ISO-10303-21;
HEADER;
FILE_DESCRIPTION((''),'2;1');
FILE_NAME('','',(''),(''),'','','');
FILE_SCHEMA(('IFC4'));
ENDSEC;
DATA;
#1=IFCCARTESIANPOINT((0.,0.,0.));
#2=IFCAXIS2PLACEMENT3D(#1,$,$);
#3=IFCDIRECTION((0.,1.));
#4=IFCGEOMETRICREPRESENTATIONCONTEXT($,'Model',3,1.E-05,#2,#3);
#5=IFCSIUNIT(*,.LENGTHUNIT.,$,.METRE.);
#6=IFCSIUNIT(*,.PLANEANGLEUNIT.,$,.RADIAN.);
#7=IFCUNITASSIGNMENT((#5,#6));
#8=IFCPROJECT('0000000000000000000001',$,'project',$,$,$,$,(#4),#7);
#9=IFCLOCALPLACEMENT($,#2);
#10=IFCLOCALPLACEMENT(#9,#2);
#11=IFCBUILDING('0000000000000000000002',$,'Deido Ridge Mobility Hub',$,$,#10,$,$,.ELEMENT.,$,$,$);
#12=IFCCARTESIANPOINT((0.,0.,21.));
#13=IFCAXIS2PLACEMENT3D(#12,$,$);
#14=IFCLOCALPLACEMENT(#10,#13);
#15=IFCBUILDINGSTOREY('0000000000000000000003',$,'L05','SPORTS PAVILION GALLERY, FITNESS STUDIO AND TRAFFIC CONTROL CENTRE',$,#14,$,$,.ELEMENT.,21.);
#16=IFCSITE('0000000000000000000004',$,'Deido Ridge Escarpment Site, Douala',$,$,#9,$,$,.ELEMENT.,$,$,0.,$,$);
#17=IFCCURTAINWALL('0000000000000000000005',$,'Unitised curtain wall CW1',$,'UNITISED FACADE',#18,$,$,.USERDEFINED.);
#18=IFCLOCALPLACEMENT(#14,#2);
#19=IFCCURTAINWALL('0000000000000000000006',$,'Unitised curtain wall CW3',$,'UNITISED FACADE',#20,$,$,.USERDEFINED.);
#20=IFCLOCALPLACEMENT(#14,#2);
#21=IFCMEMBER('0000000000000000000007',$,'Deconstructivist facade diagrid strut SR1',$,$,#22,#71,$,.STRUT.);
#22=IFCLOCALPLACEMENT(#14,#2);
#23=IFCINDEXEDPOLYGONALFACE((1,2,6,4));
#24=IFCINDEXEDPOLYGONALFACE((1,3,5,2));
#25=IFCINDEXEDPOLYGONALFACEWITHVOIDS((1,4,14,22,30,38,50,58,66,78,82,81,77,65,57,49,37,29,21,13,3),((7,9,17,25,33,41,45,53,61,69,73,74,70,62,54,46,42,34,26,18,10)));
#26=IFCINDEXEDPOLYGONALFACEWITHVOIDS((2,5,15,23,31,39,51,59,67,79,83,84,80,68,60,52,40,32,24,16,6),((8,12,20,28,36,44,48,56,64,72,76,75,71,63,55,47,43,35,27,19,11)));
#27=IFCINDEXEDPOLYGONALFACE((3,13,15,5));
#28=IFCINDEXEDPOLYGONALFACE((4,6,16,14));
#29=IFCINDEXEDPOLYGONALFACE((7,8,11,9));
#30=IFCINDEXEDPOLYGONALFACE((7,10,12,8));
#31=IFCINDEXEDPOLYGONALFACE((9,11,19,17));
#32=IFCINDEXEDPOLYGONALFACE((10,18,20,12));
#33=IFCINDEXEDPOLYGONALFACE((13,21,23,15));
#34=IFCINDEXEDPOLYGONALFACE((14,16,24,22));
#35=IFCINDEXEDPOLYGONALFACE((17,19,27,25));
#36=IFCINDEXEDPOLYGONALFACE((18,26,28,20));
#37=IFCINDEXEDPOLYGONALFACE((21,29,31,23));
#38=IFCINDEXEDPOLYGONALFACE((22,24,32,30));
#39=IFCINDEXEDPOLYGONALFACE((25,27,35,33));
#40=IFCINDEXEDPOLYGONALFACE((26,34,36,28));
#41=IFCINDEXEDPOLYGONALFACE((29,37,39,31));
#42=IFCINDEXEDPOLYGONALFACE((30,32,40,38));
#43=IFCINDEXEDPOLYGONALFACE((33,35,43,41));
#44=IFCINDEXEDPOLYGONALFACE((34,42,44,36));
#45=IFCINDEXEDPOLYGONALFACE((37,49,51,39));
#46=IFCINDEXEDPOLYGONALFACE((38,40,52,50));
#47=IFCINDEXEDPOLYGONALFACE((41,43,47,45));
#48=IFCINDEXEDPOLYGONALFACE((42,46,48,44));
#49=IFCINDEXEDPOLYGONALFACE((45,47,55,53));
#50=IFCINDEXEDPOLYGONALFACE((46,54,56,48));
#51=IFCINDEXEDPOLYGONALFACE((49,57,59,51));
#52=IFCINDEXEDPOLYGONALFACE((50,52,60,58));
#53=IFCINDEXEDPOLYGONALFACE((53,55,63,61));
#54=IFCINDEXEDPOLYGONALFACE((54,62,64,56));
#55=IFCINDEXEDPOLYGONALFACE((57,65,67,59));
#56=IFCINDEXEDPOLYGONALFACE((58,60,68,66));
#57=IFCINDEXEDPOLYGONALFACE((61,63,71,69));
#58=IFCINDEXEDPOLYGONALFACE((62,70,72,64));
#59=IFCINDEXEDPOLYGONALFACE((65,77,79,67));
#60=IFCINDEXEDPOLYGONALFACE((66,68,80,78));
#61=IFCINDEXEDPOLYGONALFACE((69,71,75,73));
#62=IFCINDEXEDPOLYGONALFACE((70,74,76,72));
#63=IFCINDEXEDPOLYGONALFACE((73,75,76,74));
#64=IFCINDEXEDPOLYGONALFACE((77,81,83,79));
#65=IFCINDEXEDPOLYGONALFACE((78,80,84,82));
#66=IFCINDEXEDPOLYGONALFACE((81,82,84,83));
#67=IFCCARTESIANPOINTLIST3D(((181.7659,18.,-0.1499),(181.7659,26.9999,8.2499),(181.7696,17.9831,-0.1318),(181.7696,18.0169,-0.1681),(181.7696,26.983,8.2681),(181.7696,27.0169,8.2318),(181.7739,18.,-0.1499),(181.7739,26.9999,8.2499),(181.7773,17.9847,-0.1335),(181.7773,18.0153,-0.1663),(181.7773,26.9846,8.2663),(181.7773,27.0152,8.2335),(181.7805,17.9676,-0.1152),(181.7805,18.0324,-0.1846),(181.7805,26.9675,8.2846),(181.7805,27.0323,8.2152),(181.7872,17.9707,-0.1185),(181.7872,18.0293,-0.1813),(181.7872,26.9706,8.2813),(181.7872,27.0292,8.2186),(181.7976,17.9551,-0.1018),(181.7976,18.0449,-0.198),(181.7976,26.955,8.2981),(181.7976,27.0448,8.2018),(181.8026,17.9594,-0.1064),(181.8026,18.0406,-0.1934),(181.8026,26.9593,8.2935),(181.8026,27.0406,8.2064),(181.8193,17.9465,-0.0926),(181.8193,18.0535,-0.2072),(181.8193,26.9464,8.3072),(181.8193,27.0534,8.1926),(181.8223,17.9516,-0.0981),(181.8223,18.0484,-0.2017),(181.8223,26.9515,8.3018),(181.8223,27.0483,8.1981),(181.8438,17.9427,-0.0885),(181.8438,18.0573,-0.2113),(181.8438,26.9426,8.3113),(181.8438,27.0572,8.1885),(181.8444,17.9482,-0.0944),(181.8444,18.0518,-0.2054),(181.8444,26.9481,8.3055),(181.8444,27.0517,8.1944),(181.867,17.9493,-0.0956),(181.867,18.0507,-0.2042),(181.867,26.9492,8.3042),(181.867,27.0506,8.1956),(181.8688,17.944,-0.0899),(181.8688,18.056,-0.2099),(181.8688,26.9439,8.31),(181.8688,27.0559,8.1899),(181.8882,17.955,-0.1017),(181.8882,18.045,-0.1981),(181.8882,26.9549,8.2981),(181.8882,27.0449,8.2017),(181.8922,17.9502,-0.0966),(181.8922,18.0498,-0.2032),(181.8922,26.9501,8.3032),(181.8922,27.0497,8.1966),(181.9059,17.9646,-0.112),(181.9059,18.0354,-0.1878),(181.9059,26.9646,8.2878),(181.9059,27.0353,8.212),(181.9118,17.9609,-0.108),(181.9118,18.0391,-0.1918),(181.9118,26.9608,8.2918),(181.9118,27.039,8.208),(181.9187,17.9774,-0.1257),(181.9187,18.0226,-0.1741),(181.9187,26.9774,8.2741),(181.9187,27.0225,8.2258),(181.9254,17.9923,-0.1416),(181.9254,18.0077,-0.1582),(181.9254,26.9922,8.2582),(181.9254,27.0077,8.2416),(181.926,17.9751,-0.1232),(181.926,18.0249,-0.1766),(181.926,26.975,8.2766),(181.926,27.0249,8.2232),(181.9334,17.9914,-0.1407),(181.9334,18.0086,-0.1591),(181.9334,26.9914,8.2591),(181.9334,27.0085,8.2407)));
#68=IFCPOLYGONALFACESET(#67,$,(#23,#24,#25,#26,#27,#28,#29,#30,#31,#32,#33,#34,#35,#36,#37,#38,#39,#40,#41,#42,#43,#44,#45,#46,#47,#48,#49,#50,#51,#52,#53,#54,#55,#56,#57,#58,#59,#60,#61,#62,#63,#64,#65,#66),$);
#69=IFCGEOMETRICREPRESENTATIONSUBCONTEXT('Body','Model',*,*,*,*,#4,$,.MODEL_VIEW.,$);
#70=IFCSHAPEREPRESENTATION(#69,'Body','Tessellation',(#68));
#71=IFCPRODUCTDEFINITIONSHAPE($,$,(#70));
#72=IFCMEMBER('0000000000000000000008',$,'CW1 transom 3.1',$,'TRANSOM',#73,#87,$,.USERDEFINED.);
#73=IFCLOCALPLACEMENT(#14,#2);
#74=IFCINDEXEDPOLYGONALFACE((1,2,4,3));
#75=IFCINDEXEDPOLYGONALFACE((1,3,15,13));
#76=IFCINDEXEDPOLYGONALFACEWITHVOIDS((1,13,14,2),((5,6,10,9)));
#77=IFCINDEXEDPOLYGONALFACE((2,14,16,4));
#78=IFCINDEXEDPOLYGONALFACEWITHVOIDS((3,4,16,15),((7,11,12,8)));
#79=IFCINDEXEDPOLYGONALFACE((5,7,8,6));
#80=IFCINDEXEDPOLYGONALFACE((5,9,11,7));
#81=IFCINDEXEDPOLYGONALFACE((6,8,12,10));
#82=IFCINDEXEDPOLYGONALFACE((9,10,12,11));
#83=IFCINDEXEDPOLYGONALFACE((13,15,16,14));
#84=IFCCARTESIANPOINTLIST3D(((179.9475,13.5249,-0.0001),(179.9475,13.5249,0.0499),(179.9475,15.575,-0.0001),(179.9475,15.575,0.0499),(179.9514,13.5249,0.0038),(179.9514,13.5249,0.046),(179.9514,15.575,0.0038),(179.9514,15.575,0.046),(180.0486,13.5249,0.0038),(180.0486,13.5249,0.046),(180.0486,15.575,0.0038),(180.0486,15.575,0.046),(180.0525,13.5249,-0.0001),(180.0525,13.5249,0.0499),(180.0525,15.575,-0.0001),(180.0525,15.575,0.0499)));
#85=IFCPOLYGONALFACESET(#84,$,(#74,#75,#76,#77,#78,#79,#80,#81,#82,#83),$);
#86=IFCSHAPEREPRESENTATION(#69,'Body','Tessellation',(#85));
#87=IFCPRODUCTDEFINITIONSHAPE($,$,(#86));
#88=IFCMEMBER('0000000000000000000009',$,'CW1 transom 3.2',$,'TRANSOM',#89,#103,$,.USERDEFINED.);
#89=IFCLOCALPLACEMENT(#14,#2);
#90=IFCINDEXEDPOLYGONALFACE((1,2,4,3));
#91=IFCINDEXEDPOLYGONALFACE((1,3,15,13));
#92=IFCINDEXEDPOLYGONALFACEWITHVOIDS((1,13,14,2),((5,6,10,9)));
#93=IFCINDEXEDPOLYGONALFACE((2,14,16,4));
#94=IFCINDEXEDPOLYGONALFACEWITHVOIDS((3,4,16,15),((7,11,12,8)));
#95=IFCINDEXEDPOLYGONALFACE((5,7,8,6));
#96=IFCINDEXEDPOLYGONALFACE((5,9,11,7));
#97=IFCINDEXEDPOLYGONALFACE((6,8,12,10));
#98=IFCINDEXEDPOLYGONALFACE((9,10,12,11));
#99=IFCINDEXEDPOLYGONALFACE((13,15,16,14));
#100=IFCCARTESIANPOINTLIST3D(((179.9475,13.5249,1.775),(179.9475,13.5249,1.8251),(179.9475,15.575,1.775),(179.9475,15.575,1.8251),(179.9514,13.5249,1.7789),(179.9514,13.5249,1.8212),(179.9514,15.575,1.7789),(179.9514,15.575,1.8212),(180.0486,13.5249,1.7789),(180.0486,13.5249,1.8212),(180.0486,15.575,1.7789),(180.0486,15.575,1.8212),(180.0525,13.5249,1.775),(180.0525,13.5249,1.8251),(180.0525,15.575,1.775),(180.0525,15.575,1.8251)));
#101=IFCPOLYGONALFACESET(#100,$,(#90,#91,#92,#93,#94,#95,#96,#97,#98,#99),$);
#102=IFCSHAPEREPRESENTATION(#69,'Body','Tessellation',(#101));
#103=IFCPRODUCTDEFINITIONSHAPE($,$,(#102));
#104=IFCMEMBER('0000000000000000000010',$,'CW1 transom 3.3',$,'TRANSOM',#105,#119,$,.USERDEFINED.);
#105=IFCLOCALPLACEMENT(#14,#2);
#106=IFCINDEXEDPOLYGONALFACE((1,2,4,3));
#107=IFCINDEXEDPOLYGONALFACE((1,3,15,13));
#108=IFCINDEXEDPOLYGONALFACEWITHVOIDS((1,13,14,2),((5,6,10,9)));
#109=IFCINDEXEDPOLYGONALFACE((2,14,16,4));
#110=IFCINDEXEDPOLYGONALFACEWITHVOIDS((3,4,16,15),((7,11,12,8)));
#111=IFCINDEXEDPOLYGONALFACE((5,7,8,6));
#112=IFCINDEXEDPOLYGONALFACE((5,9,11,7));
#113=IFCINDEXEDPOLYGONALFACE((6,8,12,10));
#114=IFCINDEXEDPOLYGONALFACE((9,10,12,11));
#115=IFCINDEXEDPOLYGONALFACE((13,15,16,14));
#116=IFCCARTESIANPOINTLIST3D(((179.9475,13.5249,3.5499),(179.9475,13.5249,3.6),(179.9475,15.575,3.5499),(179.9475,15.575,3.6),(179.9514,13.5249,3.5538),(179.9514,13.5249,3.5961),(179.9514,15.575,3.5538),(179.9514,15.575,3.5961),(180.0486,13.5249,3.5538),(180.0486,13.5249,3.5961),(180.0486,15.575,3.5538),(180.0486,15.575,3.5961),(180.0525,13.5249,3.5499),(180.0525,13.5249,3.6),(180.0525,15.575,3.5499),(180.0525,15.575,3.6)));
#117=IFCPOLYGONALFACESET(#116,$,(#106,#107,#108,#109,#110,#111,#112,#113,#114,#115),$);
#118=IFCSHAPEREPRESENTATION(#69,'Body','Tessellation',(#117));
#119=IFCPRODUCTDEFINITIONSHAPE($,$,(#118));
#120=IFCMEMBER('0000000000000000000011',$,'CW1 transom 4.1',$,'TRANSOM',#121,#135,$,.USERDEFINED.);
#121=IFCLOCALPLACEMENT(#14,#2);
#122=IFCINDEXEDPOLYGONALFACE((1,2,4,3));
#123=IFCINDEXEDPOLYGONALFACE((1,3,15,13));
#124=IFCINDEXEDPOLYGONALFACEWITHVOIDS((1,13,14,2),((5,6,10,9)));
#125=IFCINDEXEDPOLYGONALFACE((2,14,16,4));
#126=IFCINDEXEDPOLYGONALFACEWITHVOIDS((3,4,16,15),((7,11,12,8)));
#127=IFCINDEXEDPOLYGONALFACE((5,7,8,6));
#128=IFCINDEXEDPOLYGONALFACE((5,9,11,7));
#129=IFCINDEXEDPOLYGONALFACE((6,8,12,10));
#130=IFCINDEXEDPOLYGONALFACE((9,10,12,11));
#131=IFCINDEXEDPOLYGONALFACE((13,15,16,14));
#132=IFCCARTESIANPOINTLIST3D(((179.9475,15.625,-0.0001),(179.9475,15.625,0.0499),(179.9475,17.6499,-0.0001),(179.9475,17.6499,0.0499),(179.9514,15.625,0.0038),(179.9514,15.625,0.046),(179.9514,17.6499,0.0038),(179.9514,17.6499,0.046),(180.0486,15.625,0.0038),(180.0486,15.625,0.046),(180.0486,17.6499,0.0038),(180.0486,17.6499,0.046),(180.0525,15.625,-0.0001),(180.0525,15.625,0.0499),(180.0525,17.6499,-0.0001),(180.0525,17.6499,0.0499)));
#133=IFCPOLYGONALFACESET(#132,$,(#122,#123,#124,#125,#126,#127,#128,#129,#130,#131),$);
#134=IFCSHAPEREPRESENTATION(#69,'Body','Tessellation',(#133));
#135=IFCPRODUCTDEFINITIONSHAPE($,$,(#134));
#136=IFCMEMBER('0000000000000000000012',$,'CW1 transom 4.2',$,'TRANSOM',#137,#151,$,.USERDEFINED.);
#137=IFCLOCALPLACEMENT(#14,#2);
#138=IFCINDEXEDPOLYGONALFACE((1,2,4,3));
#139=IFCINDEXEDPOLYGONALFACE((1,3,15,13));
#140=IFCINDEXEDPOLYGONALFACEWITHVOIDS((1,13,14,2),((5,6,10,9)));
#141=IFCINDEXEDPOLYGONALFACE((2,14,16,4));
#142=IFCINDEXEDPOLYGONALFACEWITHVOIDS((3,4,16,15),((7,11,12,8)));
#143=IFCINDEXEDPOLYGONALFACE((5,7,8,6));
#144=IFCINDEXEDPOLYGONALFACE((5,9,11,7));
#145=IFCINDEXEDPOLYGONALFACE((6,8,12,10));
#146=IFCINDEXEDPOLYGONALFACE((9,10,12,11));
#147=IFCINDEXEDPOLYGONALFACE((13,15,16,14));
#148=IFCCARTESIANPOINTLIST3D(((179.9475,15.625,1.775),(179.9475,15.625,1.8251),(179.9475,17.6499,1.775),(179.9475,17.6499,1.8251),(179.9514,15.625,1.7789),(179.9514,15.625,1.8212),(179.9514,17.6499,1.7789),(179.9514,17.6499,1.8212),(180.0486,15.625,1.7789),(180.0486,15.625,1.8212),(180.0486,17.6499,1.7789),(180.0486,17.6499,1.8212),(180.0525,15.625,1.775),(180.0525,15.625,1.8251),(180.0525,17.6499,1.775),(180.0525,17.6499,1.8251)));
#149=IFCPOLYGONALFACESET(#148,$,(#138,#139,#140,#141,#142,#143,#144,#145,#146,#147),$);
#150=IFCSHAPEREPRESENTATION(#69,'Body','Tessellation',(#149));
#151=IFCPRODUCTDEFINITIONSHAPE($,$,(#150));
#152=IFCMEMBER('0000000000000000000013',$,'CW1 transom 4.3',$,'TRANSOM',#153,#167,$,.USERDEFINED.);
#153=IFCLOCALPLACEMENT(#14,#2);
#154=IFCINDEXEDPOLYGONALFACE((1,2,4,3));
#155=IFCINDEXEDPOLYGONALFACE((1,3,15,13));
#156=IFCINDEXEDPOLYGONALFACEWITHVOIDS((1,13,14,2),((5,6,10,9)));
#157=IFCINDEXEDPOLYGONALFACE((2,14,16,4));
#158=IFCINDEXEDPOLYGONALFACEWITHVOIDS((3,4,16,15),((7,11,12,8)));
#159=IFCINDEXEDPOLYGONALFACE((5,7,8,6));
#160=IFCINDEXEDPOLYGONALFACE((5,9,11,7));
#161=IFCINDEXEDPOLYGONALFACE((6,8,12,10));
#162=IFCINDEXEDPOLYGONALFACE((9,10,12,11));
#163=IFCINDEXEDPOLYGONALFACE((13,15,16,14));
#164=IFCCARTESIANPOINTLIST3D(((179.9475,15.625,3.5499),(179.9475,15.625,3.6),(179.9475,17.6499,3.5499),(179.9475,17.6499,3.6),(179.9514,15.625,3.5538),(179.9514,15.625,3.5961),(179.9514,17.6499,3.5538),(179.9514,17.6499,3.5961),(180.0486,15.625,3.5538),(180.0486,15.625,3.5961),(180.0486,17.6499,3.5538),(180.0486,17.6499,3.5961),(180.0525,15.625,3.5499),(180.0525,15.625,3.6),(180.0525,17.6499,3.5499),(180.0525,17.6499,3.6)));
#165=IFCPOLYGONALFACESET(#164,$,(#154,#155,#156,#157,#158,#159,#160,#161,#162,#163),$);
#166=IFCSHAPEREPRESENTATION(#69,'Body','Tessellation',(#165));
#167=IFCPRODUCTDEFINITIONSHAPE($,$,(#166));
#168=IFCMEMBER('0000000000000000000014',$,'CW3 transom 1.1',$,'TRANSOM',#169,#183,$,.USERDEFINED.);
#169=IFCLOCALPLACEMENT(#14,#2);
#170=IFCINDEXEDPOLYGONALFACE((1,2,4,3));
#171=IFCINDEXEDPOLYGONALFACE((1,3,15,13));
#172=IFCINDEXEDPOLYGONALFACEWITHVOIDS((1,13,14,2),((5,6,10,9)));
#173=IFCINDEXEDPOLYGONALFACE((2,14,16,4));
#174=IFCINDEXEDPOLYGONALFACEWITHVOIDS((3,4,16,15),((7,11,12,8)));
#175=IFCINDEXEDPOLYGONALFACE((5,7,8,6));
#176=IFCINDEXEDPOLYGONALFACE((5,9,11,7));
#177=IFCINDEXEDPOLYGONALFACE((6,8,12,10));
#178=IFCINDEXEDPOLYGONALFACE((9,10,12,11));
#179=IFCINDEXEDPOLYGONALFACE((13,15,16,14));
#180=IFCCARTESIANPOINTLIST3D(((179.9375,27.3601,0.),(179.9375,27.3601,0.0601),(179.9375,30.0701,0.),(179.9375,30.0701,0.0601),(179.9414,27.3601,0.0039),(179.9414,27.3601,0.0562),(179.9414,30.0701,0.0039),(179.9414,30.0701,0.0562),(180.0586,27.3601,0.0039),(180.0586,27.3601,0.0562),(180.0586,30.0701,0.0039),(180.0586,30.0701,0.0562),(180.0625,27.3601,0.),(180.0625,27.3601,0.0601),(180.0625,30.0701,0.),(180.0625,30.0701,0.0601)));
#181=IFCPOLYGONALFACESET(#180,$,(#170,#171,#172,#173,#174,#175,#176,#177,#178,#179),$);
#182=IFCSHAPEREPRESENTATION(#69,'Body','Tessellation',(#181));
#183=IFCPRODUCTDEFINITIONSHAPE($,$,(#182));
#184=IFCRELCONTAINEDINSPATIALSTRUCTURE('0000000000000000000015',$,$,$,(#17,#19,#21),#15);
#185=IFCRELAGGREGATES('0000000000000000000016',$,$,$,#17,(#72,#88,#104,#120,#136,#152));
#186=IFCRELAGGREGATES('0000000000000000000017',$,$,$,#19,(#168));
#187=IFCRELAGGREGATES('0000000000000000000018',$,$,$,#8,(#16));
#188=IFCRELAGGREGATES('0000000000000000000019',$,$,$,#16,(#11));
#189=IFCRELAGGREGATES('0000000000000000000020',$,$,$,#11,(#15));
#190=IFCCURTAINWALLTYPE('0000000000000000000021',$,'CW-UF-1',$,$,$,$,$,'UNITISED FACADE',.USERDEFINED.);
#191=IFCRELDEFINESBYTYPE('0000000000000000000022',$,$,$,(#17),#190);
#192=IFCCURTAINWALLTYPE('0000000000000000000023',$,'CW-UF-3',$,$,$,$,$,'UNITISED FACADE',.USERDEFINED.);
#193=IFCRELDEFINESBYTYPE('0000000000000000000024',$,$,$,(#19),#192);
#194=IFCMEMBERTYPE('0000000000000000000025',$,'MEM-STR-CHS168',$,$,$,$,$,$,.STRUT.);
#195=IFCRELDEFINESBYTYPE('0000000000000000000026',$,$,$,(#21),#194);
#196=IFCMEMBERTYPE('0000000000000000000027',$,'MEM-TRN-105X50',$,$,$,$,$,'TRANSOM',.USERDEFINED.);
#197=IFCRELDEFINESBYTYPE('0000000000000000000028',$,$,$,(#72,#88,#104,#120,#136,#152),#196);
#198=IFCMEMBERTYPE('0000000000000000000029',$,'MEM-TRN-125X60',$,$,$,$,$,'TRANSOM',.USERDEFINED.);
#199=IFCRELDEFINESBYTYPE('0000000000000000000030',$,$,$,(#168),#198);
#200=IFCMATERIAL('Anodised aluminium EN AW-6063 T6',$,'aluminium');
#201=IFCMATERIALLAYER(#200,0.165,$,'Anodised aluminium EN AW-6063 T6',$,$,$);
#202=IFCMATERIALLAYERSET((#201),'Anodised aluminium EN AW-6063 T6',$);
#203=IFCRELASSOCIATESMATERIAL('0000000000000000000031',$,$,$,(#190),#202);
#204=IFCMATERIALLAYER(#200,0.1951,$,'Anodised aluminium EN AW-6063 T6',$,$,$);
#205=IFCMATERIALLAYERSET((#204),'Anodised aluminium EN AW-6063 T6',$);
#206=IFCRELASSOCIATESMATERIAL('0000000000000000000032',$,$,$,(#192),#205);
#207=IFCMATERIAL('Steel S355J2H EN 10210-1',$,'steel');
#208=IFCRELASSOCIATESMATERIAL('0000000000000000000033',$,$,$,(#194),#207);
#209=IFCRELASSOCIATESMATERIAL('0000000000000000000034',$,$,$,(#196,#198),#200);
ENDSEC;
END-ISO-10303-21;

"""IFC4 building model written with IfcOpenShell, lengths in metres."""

from ifc_helpers import new_model, si_unit, direction, frame, origin, origin_2d, place, context, subcontext, project, spatial, hollow_rectangle, hollow_circle, extrude, material, layer, layer_set, material_profile, profile_set, type_object, element, aggregate, save


model = new_model("IFC4")

# Units and contexts
model_context = context("Model", 3, precision=1e-05, world=origin(), true_north=direction((0.0, 1.0)))
body_context = subcontext(model_context, "Body", "Model", "MODEL_VIEW")
ifc_project = project(units=[si_unit("LENGTHUNIT", "METRE"), si_unit("PLANEANGLEUNIT", "RADIAN")], contexts=[model_context])

# Site, building, storey
site_placement = place(None, origin())
site = spatial("IfcSite", under=ifc_project, at=site_placement, Name="Deido Ridge Escarpment Site, Douala", CompositionType="ELEMENT", RefElevation=0.0)
building_placement = place(site_placement, origin())
building = spatial("IfcBuilding", under=site, at=building_placement, Name="Deido Ridge Mobility Hub", CompositionType="ELEMENT")
storey_placement = place(building_placement, frame((0.0, 0.0, 21.0)))
storey = spatial("IfcBuildingStorey", under=building, at=storey_placement, Name="L05", Description="SPORTS PAVILION GALLERY, FITNESS STUDIO AND TRAFFIC CONTROL CENTRE", CompositionType="ELEMENT", Elevation=21.0)

# Curtain walls
ifc_material_1 = material(Name="Anodised aluminium EN AW-6063 T6", Category="aluminium")
ifc_layer_1 = layer(ifc_material_1, 0.165, Name="Anodised aluminium EN AW-6063 T6")
ifc_layer_set_1 = layer_set([ifc_layer_1], Name="Anodised aluminium EN AW-6063 T6")
curtain_wall_type_1 = type_object("IfcCurtainWallType", Name="CW-UF-1", ElementType="UNITISED FACADE", PredefinedType="USERDEFINED", material=ifc_layer_set_1)
curtain_wall_1_placement = place(storey_placement, origin())
curtain_wall_1 = element("IfcCurtainWall", 1, at=curtain_wall_1_placement, inside=storey, type_object=curtain_wall_type_1, Name="Unitised curtain wall CW1", ObjectType="UNITISED FACADE", PredefinedType="USERDEFINED")
ifc_layer_2 = layer(ifc_material_1, 0.1951, Name="Anodised aluminium EN AW-6063 T6")
ifc_layer_set_2 = layer_set([ifc_layer_2], Name="Anodised aluminium EN AW-6063 T6")
curtain_wall_type_2 = type_object("IfcCurtainWallType", Name="CW-UF-3", ElementType="UNITISED FACADE", PredefinedType="USERDEFINED", material=ifc_layer_set_2)
curtain_wall_2_placement = place(storey_placement, origin())
curtain_wall_2 = element("IfcCurtainWall", 2, at=curtain_wall_2_placement, inside=storey, type_object=curtain_wall_type_2, Name="Unitised curtain wall CW3", ObjectType="UNITISED FACADE", PredefinedType="USERDEFINED")

# Members
ifc_material_2 = material(Name="Steel S355J2H EN 10210-1", Category="steel")
ifc_material_profile_1 = material_profile(ifc_material_2, hollow_circle(Radius=0.0842, WallThickness=0.0081, at=origin_2d()), Name="CHS 168.3x8")
ifc_profile_set_1 = profile_set([ifc_material_profile_1], Name="Steel S355J2H EN 10210-1")
member_type_1 = type_object("IfcMemberType", Name="MEM-STR-CHS168", PredefinedType="STRUT", material=ifc_profile_set_1)
member_1_placement = place(storey_placement, frame((181.8501, 18.0, -0.1499), z_axis=(0.0, 0.731059, 0.682314), x_axis=(-1.0, 0.0, 0.0)))
element("IfcMember", 3, at=member_1_placement, inside=storey, type_object=member_type_1, Name="Deconstructivist facade diagrid strut SR1", PredefinedType="STRUT", context=body_context, shape_type="SweptSolid", body=[
    extrude(hollow_circle(Radius=0.0842, WallThickness=0.0081, at=origin_2d()), origin(), (0.0, 0.0, 1.0), 12.3108),
])
ifc_material_profile_2 = material_profile(ifc_material_1, hollow_rectangle(XDim=0.105, YDim=0.05, WallThickness=0.0039, at=origin_2d()), Name="RHS 105x50x4")
ifc_profile_set_2 = profile_set([ifc_material_profile_2], Name="Anodised aluminium EN AW-6063 T6")
member_type_2 = type_object("IfcMemberType", Name="MEM-TRN-105X50", ElementType="TRANSOM", PredefinedType="USERDEFINED", material=ifc_profile_set_2)
member_2_placement = place(storey_placement, frame((180.0, 13.5249, 0.0249), z_axis=(0.0, 1.0, 0.0), x_axis=(-1.0, 0.0, 0.0)))
member_2 = element("IfcMember", 4, at=member_2_placement, type_object=member_type_2, Name="CW1 transom 3.1", ObjectType="TRANSOM", PredefinedType="USERDEFINED", context=body_context, shape_type="SweptSolid", body=[
    extrude(hollow_rectangle(XDim=0.105, YDim=0.05, WallThickness=0.0039, at=origin_2d()), origin(), (0.0, 0.0, 1.0), 2.05),
])
member_3_placement = place(storey_placement, frame((180.0, 13.5249, 1.8), z_axis=(0.0, 1.0, 0.0), x_axis=(-1.0, 0.0, 0.0)))
member_3 = element("IfcMember", 5, at=member_3_placement, type_object=member_type_2, Name="CW1 transom 3.2", ObjectType="TRANSOM", PredefinedType="USERDEFINED", context=body_context, shape_type="SweptSolid", body=[
    extrude(hollow_rectangle(XDim=0.105, YDim=0.05, WallThickness=0.0039, at=origin_2d()), origin(), (0.0, 0.0, 1.0), 2.05),
])
member_4_placement = place(storey_placement, frame((180.0, 13.5249, 3.575), z_axis=(0.0, 1.0, 0.0), x_axis=(-1.0, 0.0, 0.0)))
member_4 = element("IfcMember", 6, at=member_4_placement, type_object=member_type_2, Name="CW1 transom 3.3", ObjectType="TRANSOM", PredefinedType="USERDEFINED", context=body_context, shape_type="SweptSolid", body=[
    extrude(hollow_rectangle(XDim=0.105, YDim=0.05, WallThickness=0.0039, at=origin_2d()), origin(), (0.0, 0.0, 1.0), 2.05),
])
member_5_placement = place(storey_placement, frame((180.0, 15.625, 0.0249), z_axis=(0.0, 1.0, 0.0), x_axis=(-1.0, 0.0, 0.0)))
member_5 = element("IfcMember", 7, at=member_5_placement, type_object=member_type_2, Name="CW1 transom 4.1", ObjectType="TRANSOM", PredefinedType="USERDEFINED", context=body_context, shape_type="SweptSolid", body=[
    extrude(hollow_rectangle(XDim=0.105, YDim=0.05, WallThickness=0.0039, at=origin_2d()), origin(), (0.0, 0.0, 1.0), 2.0249),
])
member_6_placement = place(storey_placement, frame((180.0, 15.625, 1.8), z_axis=(0.0, 1.0, 0.0), x_axis=(-1.0, 0.0, 0.0)))
member_6 = element("IfcMember", 8, at=member_6_placement, type_object=member_type_2, Name="CW1 transom 4.2", ObjectType="TRANSOM", PredefinedType="USERDEFINED", context=body_context, shape_type="SweptSolid", body=[
    extrude(hollow_rectangle(XDim=0.105, YDim=0.05, WallThickness=0.0039, at=origin_2d()), origin(), (0.0, 0.0, 1.0), 2.0249),
])
member_7_placement = place(storey_placement, frame((180.0, 15.625, 3.575), z_axis=(0.0, 1.0, 0.0), x_axis=(-1.0, 0.0, 0.0)))
member_7 = element("IfcMember", 9, at=member_7_placement, type_object=member_type_2, Name="CW1 transom 4.3", ObjectType="TRANSOM", PredefinedType="USERDEFINED", context=body_context, shape_type="SweptSolid", body=[
    extrude(hollow_rectangle(XDim=0.105, YDim=0.05, WallThickness=0.0039, at=origin_2d()), origin(), (0.0, 0.0, 1.0), 2.0249),
])
ifc_material_profile_3 = material_profile(ifc_material_1, hollow_rectangle(XDim=0.125, YDim=0.0601, WallThickness=0.0039, at=origin_2d()), Name="RHS 125x60x4")
ifc_profile_set_3 = profile_set([ifc_material_profile_3], Name="Anodised aluminium EN AW-6063 T6")
member_type_3 = type_object("IfcMemberType", Name="MEM-TRN-125X60", ElementType="TRANSOM", PredefinedType="USERDEFINED", material=ifc_profile_set_3)
member_8_placement = place(storey_placement, frame((180.0, 27.3601, 0.03), z_axis=(0.0, 1.0, 0.0), x_axis=(-1.0, 0.0, 0.0)))
member_8 = element("IfcMember", 10, at=member_8_placement, type_object=member_type_3, Name="CW3 transom 1.1", ObjectType="TRANSOM", PredefinedType="USERDEFINED", context=body_context, shape_type="SweptSolid", body=[
    extrude(hollow_rectangle(XDim=0.125, YDim=0.0601, WallThickness=0.0039, at=origin_2d()), origin(), (0.0, 0.0, 1.0), 2.71),
])

aggregate(curtain_wall_1, [member_2, member_3, member_4, member_5, member_6, member_7])
aggregate(curtain_wall_2, [member_8])

save(model, "model.ifc")
